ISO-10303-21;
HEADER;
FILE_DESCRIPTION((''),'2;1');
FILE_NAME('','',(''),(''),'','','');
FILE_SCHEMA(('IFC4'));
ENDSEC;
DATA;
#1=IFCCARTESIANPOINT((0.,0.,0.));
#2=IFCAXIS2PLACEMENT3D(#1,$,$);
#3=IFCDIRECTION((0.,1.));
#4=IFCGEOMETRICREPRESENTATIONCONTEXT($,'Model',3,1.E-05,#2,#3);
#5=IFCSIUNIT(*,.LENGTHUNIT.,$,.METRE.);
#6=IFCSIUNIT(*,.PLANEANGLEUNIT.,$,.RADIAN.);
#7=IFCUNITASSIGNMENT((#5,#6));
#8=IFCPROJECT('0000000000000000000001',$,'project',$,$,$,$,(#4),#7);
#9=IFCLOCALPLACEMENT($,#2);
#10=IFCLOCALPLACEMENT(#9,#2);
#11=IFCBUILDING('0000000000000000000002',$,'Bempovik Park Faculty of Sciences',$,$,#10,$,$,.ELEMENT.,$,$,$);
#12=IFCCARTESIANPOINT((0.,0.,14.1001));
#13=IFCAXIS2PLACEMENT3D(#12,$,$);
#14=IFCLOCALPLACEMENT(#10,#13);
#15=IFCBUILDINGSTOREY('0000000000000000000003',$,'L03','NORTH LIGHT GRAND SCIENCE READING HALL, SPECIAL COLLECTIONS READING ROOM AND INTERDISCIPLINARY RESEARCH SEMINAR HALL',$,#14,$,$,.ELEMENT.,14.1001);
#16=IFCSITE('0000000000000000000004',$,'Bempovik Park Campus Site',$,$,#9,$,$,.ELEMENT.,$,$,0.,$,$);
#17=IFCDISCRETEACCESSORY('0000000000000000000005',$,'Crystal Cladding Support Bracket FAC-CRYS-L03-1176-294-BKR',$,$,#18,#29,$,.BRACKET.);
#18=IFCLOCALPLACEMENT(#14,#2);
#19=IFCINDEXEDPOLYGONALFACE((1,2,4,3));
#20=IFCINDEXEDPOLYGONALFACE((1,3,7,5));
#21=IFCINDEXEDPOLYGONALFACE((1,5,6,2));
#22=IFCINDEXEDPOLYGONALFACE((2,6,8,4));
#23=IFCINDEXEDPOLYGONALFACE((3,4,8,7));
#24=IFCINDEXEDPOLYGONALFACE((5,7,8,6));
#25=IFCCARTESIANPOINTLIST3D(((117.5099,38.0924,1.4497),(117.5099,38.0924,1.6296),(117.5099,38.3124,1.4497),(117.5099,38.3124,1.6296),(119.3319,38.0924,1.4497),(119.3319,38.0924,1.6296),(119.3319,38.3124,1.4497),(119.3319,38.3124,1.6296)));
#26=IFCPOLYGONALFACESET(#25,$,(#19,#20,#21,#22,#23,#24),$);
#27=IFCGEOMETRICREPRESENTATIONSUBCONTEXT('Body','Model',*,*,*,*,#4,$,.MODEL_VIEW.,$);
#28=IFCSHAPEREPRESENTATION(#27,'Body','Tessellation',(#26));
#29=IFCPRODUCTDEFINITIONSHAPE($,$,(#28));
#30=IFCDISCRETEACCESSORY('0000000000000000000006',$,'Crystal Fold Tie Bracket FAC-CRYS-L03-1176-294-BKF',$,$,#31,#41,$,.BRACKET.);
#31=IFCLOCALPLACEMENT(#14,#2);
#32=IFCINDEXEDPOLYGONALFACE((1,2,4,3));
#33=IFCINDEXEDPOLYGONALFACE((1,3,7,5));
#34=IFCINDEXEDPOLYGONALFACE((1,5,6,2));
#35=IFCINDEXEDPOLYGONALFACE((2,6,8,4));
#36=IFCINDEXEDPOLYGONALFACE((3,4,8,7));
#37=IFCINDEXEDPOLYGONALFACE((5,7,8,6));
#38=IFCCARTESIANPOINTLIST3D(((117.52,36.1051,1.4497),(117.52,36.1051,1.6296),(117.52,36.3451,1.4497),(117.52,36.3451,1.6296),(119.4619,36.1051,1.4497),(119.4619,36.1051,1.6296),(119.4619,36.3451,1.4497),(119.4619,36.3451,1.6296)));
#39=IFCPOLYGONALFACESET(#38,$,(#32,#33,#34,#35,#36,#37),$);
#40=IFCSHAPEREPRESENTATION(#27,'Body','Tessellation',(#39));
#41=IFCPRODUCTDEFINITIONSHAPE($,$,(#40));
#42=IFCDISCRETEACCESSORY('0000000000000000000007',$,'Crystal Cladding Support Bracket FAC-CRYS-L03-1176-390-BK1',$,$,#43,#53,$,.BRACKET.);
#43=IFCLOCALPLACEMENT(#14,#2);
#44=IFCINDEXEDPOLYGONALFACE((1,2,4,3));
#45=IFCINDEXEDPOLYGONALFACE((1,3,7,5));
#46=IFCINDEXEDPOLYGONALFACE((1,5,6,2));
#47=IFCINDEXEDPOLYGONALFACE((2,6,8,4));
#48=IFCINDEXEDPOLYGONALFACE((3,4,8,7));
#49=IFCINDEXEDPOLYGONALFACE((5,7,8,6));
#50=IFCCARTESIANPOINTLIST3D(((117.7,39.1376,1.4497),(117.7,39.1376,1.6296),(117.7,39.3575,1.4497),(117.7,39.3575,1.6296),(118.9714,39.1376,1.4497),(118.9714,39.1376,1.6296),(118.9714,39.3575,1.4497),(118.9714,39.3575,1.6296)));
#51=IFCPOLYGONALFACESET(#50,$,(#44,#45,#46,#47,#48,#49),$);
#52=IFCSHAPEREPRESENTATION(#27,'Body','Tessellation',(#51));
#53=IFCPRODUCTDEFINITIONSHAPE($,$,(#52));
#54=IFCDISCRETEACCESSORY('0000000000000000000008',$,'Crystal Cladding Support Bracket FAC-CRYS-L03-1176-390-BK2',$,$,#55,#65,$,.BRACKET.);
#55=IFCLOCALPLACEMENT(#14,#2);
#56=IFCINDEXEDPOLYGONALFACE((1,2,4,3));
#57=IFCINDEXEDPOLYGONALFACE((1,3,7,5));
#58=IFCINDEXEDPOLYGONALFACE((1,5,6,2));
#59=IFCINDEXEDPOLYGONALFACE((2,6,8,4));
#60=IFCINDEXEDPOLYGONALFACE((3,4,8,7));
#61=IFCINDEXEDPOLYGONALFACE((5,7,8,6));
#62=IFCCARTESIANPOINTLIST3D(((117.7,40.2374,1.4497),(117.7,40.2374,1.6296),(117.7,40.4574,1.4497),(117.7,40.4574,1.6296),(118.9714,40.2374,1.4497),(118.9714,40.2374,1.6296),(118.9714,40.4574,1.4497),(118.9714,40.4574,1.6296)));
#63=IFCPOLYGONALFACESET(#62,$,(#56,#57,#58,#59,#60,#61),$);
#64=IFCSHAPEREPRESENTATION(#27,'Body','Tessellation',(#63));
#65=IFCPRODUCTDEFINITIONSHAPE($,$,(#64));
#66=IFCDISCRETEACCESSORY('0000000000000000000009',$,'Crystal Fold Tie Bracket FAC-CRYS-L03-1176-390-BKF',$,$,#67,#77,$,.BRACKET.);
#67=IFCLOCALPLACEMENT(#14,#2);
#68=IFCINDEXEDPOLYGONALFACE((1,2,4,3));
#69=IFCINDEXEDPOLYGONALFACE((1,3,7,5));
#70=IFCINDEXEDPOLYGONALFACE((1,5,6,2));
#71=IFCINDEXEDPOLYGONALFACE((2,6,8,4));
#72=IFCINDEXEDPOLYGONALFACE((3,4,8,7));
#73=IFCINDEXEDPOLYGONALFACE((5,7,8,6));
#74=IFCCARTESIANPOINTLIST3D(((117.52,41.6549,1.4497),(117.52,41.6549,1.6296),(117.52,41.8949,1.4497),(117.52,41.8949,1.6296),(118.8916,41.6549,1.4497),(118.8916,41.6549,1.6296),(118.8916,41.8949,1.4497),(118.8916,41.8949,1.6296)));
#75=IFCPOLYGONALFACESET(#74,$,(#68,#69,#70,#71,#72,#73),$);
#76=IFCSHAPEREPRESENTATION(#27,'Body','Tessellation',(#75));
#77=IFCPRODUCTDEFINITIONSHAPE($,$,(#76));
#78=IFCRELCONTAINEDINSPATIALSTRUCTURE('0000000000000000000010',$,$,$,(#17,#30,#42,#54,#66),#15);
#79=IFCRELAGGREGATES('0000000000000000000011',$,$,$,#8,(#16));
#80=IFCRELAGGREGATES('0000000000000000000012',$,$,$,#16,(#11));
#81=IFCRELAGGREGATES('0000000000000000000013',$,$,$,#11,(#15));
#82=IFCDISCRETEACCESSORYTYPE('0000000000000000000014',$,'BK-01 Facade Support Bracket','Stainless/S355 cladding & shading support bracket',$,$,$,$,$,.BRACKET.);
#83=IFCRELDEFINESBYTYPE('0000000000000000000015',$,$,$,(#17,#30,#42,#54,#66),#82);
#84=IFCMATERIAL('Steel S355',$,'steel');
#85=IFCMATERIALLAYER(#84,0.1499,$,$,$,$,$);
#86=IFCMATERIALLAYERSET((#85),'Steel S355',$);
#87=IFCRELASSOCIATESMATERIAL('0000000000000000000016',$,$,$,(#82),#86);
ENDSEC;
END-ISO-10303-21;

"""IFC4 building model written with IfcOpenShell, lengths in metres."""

from ifc_helpers import new_model, si_unit, direction, frame, origin, origin_2d, place, context, subcontext, project, spatial, rectangle, extrude, material, layer, layer_set, type_object, element, save


model = new_model("IFC4")

# Units and contexts
model_context = context("Model", 3, precision=1e-05, world=origin(), true_north=direction((0.0, 1.0)))
body_context = subcontext(model_context, "Body", "Model", "MODEL_VIEW")
ifc_project = project(units=[si_unit("LENGTHUNIT", "METRE"), si_unit("PLANEANGLEUNIT", "RADIAN")], contexts=[model_context])

# Site, building, storey
site_placement = place(None, origin())
site = spatial("IfcSite", under=ifc_project, at=site_placement, Name="Bempovik Park Campus Site", CompositionType="ELEMENT", RefElevation=0.0)
building_placement = place(site_placement, origin())
building = spatial("IfcBuilding", under=site, at=building_placement, Name="Bempovik Park Faculty of Sciences", CompositionType="ELEMENT")
storey_placement = place(building_placement, frame((0.0, 0.0, 14.1001)))
storey = spatial("IfcBuildingStorey", under=building, at=storey_placement, Name="L03", Description="NORTH LIGHT GRAND SCIENCE READING HALL, SPECIAL COLLECTIONS READING ROOM AND INTERDISCIPLINARY RESEARCH SEMINAR HALL", CompositionType="ELEMENT", Elevation=14.1001)

# Shared definitions
ifc_material_1 = material(Name="Steel S355", Category="steel")

# Discrete accessories
ifc_layer_1 = layer(ifc_material_1, 0.1499)
ifc_layer_set_1 = layer_set([ifc_layer_1], Name="Steel S355")
discrete_accessory_type = type_object("IfcDiscreteAccessoryType", Name="BK-01 Facade Support Bracket", Description="Stainless/S355 cladding & shading support bracket", PredefinedType="BRACKET", material=ifc_layer_set_1)
discrete_accessory_1_placement = place(storey_placement, frame((118.4209, 38.2024, 1.4497), z_axis=(0.0, 0.0, 1.0), x_axis=(1.0, 0.0, 0.0)))
element("IfcDiscreteAccessory", 1, at=discrete_accessory_1_placement, inside=storey, type_object=discrete_accessory_type, Name="Crystal Cladding Support Bracket FAC-CRYS-L03-1176-294-BKR", PredefinedType="BRACKET", context=body_context, shape_type="SweptSolid", body=[
    extrude(rectangle(XDim=1.822, YDim=0.22, at=origin_2d()), origin(), (0.0, 0.0, 1.0), 0.1799),
])
discrete_accessory_2_placement = place(storey_placement, frame((118.491, 36.2251, 1.4497), z_axis=(0.0, 0.0, 1.0), x_axis=(1.0, 0.0, 0.0)))
element("IfcDiscreteAccessory", 2, at=discrete_accessory_2_placement, inside=storey, type_object=discrete_accessory_type, Name="Crystal Fold Tie Bracket FAC-CRYS-L03-1176-294-BKF", PredefinedType="BRACKET", context=body_context, shape_type="SweptSolid", body=[
    extrude(rectangle(XDim=1.9419, YDim=0.24, at=origin_2d()), origin(), (0.0, 0.0, 1.0), 0.1799),
])
for number, where, z_axis, x_axis, name in (
    (3, (118.3357, 39.2476, 1.4497), (0.0, 0.0, 1.0), (1.0, 0.0, 0.0), "Crystal Cladding Support Bracket FAC-CRYS-L03-1176-390-BK1"),
    (4, (118.3357, 40.3474, 1.4497), (0.0, 0.0, 1.0), (1.0, 0.0, 0.0), "Crystal Cladding Support Bracket FAC-CRYS-L03-1176-390-BK2"),
):
    element("IfcDiscreteAccessory", number, at=place(storey_placement, frame(where, z_axis=z_axis, x_axis=x_axis)), inside=storey, type_object=discrete_accessory_type, Name=name, PredefinedType="BRACKET", context=body_context, shape_type="SweptSolid", body=[
        extrude(rectangle(XDim=1.2715, YDim=0.22, at=origin_2d()), origin(), (0.0, 0.0, 1.0), 0.1799),
    ])
discrete_accessory_3_placement = place(storey_placement, frame((118.2058, 41.7749, 1.4497), z_axis=(0.0, 0.0, 1.0), x_axis=(1.0, 0.0, 0.0)))
element("IfcDiscreteAccessory", 5, at=discrete_accessory_3_placement, inside=storey, type_object=discrete_accessory_type, Name="Crystal Fold Tie Bracket FAC-CRYS-L03-1176-390-BKF", PredefinedType="BRACKET", context=body_context, shape_type="SweptSolid", body=[
    extrude(rectangle(XDim=1.3716, YDim=0.24, at=origin_2d()), origin(), (0.0, 0.0, 1.0), 0.1799),
])

save(model, "model.ifc")
